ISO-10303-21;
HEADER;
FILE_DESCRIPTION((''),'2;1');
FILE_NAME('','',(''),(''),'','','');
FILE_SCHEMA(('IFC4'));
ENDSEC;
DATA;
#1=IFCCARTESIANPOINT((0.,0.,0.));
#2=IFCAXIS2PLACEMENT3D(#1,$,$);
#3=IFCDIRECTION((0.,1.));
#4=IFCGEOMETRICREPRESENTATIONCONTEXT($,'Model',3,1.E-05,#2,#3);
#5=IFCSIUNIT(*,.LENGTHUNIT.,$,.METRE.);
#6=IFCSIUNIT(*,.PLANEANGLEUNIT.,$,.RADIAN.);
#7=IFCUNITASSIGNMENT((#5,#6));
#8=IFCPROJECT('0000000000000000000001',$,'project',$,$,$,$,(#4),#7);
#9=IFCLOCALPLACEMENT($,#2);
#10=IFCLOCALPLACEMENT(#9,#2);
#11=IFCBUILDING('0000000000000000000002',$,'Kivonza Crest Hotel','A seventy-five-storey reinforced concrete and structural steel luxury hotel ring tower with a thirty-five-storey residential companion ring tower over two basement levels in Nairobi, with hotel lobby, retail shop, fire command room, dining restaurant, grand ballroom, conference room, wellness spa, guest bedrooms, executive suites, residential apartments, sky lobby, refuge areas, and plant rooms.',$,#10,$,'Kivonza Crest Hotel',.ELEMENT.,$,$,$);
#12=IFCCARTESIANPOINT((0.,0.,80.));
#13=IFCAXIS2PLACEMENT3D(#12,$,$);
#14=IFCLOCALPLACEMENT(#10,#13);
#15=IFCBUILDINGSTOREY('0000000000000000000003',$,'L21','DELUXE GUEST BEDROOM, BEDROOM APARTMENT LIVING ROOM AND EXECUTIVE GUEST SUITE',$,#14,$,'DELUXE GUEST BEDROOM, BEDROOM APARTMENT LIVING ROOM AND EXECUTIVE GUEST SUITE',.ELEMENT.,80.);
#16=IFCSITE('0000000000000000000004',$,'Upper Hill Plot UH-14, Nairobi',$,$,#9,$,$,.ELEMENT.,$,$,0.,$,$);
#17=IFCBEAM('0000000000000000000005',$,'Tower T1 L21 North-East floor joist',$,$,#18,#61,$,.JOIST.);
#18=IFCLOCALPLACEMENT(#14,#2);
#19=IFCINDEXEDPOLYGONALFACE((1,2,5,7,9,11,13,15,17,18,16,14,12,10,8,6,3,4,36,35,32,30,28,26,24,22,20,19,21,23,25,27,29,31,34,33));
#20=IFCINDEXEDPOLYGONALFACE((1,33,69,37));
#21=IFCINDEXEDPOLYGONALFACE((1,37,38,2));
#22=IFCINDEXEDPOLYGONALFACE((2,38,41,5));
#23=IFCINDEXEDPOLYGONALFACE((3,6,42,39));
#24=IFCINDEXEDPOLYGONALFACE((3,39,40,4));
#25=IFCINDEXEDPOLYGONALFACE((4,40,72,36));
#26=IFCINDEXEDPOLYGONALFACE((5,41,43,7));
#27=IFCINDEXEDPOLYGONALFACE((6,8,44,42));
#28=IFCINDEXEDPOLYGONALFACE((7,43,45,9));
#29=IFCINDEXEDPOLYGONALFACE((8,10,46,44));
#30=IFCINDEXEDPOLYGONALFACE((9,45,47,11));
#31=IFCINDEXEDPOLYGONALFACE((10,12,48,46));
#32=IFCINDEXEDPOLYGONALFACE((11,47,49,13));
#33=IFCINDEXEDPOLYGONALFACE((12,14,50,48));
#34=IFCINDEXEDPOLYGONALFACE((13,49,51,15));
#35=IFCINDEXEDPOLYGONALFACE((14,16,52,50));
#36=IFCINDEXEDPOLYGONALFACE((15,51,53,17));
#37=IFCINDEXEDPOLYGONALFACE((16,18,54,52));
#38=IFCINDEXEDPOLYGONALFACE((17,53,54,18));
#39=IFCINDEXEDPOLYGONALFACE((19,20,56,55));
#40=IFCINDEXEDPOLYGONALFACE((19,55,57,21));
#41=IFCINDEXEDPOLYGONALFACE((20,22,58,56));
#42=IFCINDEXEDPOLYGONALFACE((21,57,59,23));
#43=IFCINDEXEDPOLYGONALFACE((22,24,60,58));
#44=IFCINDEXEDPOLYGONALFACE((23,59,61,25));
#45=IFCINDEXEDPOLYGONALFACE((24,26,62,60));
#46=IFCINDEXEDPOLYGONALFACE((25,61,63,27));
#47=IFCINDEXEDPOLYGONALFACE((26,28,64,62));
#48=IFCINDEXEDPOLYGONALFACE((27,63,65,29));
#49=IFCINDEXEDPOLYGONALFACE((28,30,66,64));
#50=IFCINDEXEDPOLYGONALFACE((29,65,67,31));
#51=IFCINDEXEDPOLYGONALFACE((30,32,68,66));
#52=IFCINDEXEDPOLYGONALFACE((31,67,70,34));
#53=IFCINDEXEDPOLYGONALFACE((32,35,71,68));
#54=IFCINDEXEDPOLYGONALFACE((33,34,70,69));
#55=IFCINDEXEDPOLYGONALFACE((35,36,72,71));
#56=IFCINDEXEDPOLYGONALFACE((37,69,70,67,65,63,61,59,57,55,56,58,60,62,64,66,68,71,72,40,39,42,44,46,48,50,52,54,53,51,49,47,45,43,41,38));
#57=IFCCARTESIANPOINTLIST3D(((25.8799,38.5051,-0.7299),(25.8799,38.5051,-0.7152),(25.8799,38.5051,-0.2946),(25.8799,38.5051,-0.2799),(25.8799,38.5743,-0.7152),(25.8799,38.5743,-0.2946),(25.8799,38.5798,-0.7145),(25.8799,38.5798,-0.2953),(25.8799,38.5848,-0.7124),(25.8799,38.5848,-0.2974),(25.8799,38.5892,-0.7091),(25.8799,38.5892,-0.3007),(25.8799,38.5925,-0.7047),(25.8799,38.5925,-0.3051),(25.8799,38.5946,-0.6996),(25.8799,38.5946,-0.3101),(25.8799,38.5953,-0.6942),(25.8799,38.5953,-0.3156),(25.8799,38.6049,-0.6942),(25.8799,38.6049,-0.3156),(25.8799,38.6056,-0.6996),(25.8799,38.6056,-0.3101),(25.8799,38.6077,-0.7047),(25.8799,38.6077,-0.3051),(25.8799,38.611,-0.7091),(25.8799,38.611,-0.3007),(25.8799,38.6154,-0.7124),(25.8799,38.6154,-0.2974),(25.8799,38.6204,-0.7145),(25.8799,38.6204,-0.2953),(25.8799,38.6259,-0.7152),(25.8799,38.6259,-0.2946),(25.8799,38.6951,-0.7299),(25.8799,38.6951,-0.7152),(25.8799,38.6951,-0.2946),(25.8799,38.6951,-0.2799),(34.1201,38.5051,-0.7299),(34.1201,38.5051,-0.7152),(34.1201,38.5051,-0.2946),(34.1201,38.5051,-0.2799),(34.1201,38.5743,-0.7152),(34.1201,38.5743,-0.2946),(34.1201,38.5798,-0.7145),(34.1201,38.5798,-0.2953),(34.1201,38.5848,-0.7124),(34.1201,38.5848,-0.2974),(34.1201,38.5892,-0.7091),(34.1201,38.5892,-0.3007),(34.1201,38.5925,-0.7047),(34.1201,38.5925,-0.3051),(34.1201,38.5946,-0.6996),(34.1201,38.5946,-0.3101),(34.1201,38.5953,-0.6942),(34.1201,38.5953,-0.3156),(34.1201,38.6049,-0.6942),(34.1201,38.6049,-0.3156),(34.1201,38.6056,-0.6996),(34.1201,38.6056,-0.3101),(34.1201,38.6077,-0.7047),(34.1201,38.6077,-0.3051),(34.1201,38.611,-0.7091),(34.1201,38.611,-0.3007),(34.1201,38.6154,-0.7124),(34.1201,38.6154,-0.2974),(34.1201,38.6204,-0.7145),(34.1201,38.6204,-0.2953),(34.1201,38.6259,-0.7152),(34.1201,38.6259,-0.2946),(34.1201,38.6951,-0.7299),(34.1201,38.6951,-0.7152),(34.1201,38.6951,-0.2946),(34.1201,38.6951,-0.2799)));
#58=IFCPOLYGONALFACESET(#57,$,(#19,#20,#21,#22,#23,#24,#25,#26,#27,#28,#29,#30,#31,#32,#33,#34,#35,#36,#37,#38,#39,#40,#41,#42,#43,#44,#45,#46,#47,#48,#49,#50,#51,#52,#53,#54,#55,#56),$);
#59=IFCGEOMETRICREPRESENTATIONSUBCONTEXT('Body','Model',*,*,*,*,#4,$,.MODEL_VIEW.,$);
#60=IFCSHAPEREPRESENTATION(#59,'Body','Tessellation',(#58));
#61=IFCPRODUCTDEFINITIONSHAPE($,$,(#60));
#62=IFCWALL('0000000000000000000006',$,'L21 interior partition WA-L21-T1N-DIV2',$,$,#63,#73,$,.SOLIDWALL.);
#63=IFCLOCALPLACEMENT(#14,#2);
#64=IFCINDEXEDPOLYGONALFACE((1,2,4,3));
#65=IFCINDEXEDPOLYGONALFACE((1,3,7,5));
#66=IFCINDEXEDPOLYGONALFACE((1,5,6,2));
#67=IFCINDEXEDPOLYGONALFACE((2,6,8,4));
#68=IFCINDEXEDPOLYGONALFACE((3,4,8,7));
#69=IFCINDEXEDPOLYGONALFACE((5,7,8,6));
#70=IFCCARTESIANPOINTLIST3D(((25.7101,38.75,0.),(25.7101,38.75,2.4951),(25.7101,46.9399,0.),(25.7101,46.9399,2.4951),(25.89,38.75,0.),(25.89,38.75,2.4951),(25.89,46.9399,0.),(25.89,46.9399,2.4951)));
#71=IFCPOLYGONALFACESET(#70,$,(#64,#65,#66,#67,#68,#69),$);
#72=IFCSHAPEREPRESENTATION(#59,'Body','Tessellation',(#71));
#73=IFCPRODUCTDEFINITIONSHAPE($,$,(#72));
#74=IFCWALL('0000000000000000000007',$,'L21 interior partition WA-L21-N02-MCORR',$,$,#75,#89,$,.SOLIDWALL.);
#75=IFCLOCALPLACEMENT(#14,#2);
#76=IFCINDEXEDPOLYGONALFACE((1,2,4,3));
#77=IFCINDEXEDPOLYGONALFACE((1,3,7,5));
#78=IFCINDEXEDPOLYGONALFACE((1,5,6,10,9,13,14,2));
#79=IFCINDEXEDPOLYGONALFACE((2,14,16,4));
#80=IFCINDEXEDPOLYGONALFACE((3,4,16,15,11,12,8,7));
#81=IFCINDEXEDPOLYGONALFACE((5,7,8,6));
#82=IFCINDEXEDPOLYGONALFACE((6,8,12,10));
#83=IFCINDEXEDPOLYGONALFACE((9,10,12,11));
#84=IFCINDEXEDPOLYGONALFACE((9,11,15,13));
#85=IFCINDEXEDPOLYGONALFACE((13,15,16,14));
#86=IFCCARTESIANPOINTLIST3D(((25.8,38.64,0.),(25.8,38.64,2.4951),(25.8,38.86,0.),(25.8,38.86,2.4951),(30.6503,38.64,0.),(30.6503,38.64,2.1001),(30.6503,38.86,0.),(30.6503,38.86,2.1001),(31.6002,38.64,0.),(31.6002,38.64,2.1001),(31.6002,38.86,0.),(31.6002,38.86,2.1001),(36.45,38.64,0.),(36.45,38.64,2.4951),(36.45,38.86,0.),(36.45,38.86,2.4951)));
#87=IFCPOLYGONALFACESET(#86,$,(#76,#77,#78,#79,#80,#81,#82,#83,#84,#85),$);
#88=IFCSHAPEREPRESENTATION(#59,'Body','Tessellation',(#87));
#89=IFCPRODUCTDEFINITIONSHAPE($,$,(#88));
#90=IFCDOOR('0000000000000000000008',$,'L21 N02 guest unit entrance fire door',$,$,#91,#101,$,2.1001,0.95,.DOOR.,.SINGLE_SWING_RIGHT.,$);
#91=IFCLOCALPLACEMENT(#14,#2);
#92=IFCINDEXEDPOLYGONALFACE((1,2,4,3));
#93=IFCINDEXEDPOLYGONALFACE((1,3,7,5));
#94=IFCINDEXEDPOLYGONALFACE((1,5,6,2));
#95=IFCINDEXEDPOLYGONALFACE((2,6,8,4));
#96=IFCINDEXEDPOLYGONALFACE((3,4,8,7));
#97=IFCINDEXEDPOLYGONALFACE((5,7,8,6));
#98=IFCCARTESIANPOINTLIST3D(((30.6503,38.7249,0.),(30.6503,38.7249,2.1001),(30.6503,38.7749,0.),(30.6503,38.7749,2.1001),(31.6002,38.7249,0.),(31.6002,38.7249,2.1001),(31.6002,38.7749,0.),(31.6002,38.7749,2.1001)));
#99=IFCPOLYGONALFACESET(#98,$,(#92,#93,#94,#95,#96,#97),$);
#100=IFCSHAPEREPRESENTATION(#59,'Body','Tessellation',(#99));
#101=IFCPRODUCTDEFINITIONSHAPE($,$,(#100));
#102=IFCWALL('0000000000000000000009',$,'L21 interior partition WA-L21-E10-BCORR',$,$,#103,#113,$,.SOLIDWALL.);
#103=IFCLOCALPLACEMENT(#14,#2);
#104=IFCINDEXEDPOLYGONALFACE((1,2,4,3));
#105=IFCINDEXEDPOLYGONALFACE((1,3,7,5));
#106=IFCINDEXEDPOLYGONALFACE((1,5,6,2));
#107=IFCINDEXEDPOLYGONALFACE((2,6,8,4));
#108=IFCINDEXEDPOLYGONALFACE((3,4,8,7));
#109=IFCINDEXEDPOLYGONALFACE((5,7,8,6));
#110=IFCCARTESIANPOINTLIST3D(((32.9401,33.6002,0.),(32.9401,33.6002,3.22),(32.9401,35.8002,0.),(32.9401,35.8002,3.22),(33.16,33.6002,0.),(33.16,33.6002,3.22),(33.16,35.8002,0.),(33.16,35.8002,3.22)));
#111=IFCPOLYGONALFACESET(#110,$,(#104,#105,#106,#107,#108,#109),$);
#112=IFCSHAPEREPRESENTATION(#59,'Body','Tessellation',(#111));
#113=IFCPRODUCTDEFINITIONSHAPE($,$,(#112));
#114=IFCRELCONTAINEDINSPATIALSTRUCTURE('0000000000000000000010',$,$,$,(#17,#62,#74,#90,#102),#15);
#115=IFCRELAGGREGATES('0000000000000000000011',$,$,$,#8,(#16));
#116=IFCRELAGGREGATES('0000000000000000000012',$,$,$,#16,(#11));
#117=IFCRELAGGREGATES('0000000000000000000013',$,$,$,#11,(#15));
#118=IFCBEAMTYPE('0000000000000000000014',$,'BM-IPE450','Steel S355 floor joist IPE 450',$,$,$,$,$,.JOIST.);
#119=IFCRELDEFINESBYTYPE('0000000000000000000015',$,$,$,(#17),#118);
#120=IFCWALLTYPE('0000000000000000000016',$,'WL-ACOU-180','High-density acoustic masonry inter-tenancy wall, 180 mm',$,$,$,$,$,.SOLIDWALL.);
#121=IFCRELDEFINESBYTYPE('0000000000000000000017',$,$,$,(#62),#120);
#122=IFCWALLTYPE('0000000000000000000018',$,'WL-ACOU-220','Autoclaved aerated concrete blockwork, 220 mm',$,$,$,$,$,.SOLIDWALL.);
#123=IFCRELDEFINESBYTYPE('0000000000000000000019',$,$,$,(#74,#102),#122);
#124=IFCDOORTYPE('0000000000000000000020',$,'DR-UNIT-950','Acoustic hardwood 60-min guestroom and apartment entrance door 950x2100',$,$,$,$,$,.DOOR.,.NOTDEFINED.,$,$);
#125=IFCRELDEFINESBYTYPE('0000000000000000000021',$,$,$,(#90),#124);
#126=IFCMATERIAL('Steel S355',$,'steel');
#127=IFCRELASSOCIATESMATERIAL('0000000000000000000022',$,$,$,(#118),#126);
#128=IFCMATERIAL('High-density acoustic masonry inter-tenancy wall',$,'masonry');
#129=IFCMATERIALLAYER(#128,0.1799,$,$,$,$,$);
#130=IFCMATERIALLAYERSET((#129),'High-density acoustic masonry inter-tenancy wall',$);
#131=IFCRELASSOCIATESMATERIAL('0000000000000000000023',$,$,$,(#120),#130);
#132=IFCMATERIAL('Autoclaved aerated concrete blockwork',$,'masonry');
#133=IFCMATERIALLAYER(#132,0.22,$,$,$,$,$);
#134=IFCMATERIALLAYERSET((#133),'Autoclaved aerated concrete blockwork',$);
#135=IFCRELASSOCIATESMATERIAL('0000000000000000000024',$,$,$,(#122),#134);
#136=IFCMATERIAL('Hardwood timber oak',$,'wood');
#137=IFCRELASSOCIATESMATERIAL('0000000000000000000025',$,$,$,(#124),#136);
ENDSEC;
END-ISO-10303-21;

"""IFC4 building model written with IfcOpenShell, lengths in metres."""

from ifc_helpers import new_model, si_unit, direction, frame, frame_2d, origin, origin_2d, place, context, subcontext, project, spatial, rectangle, i_section, extrude, material, layer, layer_set, material_profile, profile_set, type_object, element, fill, save


model = new_model("IFC4")

# Units and contexts
model_context = context("Model", 3, precision=1e-05, world=origin(), true_north=direction((0.0, 1.0)))
body_context = subcontext(model_context, "Body", "Model", "MODEL_VIEW")
ifc_project = project(units=[si_unit("LENGTHUNIT", "METRE"), si_unit("PLANEANGLEUNIT", "RADIAN")], contexts=[model_context])

# Site, building, storey
site_placement = place(None, origin())
site = spatial("IfcSite", under=ifc_project, at=site_placement, Name="Upper Hill Plot UH-14, Nairobi", CompositionType="ELEMENT", RefElevation=0.0)
building_placement = place(site_placement, origin())
building = spatial("IfcBuilding", under=site, at=building_placement, Name="Kivonza Crest Hotel", Description="A seventy-five-storey reinforced concrete and structural steel luxury hotel ring tower with a thirty-five-storey residential companion ring tower over two basement levels in Nairobi, with hotel lobby, retail shop, fire command room, dining restaurant, grand ballroom, conference room, wellness spa, guest bedrooms, executive suites, residential apartments, sky lobby, refuge areas, and plant rooms.", LongName="Kivonza Crest Hotel", CompositionType="ELEMENT")
storey_placement = place(building_placement, frame((0.0, 0.0, 80.0)))
storey = spatial("IfcBuildingStorey", under=building, at=storey_placement, Name="L21", Description="DELUXE GUEST BEDROOM, BEDROOM APARTMENT LIVING ROOM AND EXECUTIVE GUEST SUITE", LongName="DELUXE GUEST BEDROOM, BEDROOM APARTMENT LIVING ROOM AND EXECUTIVE GUEST SUITE", CompositionType="ELEMENT", Elevation=80.0)

# Beam
ifc_material_1 = material(Name="Steel S355", Category="steel")
ifc_material_profile_1 = material_profile(ifc_material_1, i_section(OverallWidth=0.1899, OverallDepth=0.45, WebThickness=0.0095, FlangeThickness=0.0146, FilletRadius=0.021, at=origin_2d()), Name="IPE 450")
ifc_profile_set_1 = profile_set([ifc_material_profile_1], Name="Steel S355")
beam_type_1 = type_object("IfcBeamType", Name="BM-IPE450", Description="Steel S355 floor joist IPE 450", PredefinedType="JOIST", material=ifc_profile_set_1)
beam_1_placement = place(storey_placement, frame((25.8799, 38.6001, -0.5049), z_axis=(1.0, 0.0, 0.0), x_axis=(0.0, 1.0, 0.0)))
element("IfcBeam", 1, at=beam_1_placement, inside=storey, type_object=beam_type_1, Name="Tower T1 L21 North-East floor joist", PredefinedType="JOIST", context=body_context, shape_type="SweptSolid", body=[
    extrude(i_section(OverallWidth=0.1899, OverallDepth=0.45, WebThickness=0.0095, FlangeThickness=0.0146, FilletRadius=0.021, at=origin_2d()), origin(), (0.0, 0.0, 1.0), 8.2402),
])

# Wall
ifc_material_2 = material(Name="High-density acoustic masonry inter-tenancy wall", Category="masonry")
ifc_layer_1 = layer(ifc_material_2, 0.1799)
ifc_layer_set_1 = layer_set([ifc_layer_1], Name="High-density acoustic masonry inter-tenancy wall")
wall_type_1 = type_object("IfcWallType", Name="WL-ACOU-180", Description="High-density acoustic masonry inter-tenancy wall, 180 mm", PredefinedType="SOLIDWALL", material=ifc_layer_set_1)
wall_1_placement = place(storey_placement, frame((25.8, 38.75, 0.0), z_axis=(0.0, 0.0, 1.0), x_axis=(0.0, 1.0, 0.0)))
element("IfcWall", 2, at=wall_1_placement, inside=storey, type_object=wall_type_1, Name="L21 interior partition WA-L21-T1N-DIV2", PredefinedType="SOLIDWALL", context=body_context, shape_type="SweptSolid", body=[
    extrude(rectangle(XDim=8.1899, YDim=0.1799, at=frame_2d((4.095, 0.0))), origin(), (0.0, 0.0, 1.0), 2.4951),
])

# Wall, opening, door
ifc_material_3 = material(Name="Autoclaved aerated concrete blockwork", Category="masonry")
ifc_layer_2 = layer(ifc_material_3, 0.22)
ifc_layer_set_2 = layer_set([ifc_layer_2], Name="Autoclaved aerated concrete blockwork")
wall_type_2 = type_object("IfcWallType", Name="WL-ACOU-220", Description="Autoclaved aerated concrete blockwork, 220 mm", PredefinedType="SOLIDWALL", material=ifc_layer_set_2)
wall_2_placement = place(storey_placement, frame((25.8, 38.75, 0.0), z_axis=(0.0, 0.0, 1.0), x_axis=(1.0, 0.0, 0.0)))
wall_2 = element("IfcWall", 3, at=wall_2_placement, inside=storey, type_object=wall_type_2, Name="L21 interior partition WA-L21-N02-MCORR", PredefinedType="SOLIDWALL", context=body_context, shape_type="SweptSolid", body=[
    extrude(rectangle(XDim=10.6499, YDim=0.22, at=frame_2d((5.325, 0.0))), origin(), (0.0, 0.0, 1.0), 2.4951),
])
opening_1_placement = place(wall_2_placement, frame((4.8501, 0.0, 0.0)))
opening_1 = element("IfcOpeningElement", 4, at=opening_1_placement, cuts=wall_2, PredefinedType="OPENING", context=body_context, shape_type="SweptSolid", body=[
    extrude(rectangle(XDim=0.95, YDim=2.1001, at=frame_2d((0.4751, 1.05))), frame((0.0, 0.1201, 0.0), z_axis=(0.0, -1.0, 0.0), x_axis=(1.0, 0.0, 0.0)), (0.0, 0.0, 1.0), 0.24),
])
ifc_material_4 = material(Name="Hardwood timber oak", Category="wood")
door_type_1 = type_object("IfcDoorType", Name="DR-UNIT-950", Description="Acoustic hardwood 60-min guestroom and apartment entrance door 950x2100", OperationType="NOTDEFINED", PredefinedType="DOOR", material=ifc_material_4)
door_1_placement = place(opening_1_placement, origin())
door_1 = element("IfcDoor", 5, at=door_1_placement, inside=storey, type_object=door_type_1, Name="L21 N02 guest unit entrance fire door", OperationType="SINGLE_SWING_RIGHT", OverallHeight=2.1001, OverallWidth=0.95, PredefinedType="DOOR", context=body_context, shape_type="SweptSolid", body=[
    extrude(rectangle(XDim=0.95, YDim=2.1001, at=frame_2d((0.4751, 1.05))), frame((0.0, 0.0249, 0.0), z_axis=(0.0, -1.0, 0.0), x_axis=(1.0, 0.0, 0.0)), (0.0, 0.0, 1.0), 0.05),
])
fill(opening_1, door_1)

# Wall
wall_3_placement = place(storey_placement, frame((33.05, 33.6001, 0.0), z_axis=(0.0, 0.0, 1.0), x_axis=(0.0, 1.0, 0.0)))
element("IfcWall", 6, at=wall_3_placement, inside=storey, type_object=wall_type_2, Name="L21 interior partition WA-L21-E10-BCORR", PredefinedType="SOLIDWALL", context=body_context, shape_type="SweptSolid", body=[
    extrude(rectangle(XDim=2.2, YDim=0.22, at=frame_2d((1.1001, 0.0))), origin(), (0.0, 0.0, 1.0), 3.22),
])

save(model, "model.ifc")
